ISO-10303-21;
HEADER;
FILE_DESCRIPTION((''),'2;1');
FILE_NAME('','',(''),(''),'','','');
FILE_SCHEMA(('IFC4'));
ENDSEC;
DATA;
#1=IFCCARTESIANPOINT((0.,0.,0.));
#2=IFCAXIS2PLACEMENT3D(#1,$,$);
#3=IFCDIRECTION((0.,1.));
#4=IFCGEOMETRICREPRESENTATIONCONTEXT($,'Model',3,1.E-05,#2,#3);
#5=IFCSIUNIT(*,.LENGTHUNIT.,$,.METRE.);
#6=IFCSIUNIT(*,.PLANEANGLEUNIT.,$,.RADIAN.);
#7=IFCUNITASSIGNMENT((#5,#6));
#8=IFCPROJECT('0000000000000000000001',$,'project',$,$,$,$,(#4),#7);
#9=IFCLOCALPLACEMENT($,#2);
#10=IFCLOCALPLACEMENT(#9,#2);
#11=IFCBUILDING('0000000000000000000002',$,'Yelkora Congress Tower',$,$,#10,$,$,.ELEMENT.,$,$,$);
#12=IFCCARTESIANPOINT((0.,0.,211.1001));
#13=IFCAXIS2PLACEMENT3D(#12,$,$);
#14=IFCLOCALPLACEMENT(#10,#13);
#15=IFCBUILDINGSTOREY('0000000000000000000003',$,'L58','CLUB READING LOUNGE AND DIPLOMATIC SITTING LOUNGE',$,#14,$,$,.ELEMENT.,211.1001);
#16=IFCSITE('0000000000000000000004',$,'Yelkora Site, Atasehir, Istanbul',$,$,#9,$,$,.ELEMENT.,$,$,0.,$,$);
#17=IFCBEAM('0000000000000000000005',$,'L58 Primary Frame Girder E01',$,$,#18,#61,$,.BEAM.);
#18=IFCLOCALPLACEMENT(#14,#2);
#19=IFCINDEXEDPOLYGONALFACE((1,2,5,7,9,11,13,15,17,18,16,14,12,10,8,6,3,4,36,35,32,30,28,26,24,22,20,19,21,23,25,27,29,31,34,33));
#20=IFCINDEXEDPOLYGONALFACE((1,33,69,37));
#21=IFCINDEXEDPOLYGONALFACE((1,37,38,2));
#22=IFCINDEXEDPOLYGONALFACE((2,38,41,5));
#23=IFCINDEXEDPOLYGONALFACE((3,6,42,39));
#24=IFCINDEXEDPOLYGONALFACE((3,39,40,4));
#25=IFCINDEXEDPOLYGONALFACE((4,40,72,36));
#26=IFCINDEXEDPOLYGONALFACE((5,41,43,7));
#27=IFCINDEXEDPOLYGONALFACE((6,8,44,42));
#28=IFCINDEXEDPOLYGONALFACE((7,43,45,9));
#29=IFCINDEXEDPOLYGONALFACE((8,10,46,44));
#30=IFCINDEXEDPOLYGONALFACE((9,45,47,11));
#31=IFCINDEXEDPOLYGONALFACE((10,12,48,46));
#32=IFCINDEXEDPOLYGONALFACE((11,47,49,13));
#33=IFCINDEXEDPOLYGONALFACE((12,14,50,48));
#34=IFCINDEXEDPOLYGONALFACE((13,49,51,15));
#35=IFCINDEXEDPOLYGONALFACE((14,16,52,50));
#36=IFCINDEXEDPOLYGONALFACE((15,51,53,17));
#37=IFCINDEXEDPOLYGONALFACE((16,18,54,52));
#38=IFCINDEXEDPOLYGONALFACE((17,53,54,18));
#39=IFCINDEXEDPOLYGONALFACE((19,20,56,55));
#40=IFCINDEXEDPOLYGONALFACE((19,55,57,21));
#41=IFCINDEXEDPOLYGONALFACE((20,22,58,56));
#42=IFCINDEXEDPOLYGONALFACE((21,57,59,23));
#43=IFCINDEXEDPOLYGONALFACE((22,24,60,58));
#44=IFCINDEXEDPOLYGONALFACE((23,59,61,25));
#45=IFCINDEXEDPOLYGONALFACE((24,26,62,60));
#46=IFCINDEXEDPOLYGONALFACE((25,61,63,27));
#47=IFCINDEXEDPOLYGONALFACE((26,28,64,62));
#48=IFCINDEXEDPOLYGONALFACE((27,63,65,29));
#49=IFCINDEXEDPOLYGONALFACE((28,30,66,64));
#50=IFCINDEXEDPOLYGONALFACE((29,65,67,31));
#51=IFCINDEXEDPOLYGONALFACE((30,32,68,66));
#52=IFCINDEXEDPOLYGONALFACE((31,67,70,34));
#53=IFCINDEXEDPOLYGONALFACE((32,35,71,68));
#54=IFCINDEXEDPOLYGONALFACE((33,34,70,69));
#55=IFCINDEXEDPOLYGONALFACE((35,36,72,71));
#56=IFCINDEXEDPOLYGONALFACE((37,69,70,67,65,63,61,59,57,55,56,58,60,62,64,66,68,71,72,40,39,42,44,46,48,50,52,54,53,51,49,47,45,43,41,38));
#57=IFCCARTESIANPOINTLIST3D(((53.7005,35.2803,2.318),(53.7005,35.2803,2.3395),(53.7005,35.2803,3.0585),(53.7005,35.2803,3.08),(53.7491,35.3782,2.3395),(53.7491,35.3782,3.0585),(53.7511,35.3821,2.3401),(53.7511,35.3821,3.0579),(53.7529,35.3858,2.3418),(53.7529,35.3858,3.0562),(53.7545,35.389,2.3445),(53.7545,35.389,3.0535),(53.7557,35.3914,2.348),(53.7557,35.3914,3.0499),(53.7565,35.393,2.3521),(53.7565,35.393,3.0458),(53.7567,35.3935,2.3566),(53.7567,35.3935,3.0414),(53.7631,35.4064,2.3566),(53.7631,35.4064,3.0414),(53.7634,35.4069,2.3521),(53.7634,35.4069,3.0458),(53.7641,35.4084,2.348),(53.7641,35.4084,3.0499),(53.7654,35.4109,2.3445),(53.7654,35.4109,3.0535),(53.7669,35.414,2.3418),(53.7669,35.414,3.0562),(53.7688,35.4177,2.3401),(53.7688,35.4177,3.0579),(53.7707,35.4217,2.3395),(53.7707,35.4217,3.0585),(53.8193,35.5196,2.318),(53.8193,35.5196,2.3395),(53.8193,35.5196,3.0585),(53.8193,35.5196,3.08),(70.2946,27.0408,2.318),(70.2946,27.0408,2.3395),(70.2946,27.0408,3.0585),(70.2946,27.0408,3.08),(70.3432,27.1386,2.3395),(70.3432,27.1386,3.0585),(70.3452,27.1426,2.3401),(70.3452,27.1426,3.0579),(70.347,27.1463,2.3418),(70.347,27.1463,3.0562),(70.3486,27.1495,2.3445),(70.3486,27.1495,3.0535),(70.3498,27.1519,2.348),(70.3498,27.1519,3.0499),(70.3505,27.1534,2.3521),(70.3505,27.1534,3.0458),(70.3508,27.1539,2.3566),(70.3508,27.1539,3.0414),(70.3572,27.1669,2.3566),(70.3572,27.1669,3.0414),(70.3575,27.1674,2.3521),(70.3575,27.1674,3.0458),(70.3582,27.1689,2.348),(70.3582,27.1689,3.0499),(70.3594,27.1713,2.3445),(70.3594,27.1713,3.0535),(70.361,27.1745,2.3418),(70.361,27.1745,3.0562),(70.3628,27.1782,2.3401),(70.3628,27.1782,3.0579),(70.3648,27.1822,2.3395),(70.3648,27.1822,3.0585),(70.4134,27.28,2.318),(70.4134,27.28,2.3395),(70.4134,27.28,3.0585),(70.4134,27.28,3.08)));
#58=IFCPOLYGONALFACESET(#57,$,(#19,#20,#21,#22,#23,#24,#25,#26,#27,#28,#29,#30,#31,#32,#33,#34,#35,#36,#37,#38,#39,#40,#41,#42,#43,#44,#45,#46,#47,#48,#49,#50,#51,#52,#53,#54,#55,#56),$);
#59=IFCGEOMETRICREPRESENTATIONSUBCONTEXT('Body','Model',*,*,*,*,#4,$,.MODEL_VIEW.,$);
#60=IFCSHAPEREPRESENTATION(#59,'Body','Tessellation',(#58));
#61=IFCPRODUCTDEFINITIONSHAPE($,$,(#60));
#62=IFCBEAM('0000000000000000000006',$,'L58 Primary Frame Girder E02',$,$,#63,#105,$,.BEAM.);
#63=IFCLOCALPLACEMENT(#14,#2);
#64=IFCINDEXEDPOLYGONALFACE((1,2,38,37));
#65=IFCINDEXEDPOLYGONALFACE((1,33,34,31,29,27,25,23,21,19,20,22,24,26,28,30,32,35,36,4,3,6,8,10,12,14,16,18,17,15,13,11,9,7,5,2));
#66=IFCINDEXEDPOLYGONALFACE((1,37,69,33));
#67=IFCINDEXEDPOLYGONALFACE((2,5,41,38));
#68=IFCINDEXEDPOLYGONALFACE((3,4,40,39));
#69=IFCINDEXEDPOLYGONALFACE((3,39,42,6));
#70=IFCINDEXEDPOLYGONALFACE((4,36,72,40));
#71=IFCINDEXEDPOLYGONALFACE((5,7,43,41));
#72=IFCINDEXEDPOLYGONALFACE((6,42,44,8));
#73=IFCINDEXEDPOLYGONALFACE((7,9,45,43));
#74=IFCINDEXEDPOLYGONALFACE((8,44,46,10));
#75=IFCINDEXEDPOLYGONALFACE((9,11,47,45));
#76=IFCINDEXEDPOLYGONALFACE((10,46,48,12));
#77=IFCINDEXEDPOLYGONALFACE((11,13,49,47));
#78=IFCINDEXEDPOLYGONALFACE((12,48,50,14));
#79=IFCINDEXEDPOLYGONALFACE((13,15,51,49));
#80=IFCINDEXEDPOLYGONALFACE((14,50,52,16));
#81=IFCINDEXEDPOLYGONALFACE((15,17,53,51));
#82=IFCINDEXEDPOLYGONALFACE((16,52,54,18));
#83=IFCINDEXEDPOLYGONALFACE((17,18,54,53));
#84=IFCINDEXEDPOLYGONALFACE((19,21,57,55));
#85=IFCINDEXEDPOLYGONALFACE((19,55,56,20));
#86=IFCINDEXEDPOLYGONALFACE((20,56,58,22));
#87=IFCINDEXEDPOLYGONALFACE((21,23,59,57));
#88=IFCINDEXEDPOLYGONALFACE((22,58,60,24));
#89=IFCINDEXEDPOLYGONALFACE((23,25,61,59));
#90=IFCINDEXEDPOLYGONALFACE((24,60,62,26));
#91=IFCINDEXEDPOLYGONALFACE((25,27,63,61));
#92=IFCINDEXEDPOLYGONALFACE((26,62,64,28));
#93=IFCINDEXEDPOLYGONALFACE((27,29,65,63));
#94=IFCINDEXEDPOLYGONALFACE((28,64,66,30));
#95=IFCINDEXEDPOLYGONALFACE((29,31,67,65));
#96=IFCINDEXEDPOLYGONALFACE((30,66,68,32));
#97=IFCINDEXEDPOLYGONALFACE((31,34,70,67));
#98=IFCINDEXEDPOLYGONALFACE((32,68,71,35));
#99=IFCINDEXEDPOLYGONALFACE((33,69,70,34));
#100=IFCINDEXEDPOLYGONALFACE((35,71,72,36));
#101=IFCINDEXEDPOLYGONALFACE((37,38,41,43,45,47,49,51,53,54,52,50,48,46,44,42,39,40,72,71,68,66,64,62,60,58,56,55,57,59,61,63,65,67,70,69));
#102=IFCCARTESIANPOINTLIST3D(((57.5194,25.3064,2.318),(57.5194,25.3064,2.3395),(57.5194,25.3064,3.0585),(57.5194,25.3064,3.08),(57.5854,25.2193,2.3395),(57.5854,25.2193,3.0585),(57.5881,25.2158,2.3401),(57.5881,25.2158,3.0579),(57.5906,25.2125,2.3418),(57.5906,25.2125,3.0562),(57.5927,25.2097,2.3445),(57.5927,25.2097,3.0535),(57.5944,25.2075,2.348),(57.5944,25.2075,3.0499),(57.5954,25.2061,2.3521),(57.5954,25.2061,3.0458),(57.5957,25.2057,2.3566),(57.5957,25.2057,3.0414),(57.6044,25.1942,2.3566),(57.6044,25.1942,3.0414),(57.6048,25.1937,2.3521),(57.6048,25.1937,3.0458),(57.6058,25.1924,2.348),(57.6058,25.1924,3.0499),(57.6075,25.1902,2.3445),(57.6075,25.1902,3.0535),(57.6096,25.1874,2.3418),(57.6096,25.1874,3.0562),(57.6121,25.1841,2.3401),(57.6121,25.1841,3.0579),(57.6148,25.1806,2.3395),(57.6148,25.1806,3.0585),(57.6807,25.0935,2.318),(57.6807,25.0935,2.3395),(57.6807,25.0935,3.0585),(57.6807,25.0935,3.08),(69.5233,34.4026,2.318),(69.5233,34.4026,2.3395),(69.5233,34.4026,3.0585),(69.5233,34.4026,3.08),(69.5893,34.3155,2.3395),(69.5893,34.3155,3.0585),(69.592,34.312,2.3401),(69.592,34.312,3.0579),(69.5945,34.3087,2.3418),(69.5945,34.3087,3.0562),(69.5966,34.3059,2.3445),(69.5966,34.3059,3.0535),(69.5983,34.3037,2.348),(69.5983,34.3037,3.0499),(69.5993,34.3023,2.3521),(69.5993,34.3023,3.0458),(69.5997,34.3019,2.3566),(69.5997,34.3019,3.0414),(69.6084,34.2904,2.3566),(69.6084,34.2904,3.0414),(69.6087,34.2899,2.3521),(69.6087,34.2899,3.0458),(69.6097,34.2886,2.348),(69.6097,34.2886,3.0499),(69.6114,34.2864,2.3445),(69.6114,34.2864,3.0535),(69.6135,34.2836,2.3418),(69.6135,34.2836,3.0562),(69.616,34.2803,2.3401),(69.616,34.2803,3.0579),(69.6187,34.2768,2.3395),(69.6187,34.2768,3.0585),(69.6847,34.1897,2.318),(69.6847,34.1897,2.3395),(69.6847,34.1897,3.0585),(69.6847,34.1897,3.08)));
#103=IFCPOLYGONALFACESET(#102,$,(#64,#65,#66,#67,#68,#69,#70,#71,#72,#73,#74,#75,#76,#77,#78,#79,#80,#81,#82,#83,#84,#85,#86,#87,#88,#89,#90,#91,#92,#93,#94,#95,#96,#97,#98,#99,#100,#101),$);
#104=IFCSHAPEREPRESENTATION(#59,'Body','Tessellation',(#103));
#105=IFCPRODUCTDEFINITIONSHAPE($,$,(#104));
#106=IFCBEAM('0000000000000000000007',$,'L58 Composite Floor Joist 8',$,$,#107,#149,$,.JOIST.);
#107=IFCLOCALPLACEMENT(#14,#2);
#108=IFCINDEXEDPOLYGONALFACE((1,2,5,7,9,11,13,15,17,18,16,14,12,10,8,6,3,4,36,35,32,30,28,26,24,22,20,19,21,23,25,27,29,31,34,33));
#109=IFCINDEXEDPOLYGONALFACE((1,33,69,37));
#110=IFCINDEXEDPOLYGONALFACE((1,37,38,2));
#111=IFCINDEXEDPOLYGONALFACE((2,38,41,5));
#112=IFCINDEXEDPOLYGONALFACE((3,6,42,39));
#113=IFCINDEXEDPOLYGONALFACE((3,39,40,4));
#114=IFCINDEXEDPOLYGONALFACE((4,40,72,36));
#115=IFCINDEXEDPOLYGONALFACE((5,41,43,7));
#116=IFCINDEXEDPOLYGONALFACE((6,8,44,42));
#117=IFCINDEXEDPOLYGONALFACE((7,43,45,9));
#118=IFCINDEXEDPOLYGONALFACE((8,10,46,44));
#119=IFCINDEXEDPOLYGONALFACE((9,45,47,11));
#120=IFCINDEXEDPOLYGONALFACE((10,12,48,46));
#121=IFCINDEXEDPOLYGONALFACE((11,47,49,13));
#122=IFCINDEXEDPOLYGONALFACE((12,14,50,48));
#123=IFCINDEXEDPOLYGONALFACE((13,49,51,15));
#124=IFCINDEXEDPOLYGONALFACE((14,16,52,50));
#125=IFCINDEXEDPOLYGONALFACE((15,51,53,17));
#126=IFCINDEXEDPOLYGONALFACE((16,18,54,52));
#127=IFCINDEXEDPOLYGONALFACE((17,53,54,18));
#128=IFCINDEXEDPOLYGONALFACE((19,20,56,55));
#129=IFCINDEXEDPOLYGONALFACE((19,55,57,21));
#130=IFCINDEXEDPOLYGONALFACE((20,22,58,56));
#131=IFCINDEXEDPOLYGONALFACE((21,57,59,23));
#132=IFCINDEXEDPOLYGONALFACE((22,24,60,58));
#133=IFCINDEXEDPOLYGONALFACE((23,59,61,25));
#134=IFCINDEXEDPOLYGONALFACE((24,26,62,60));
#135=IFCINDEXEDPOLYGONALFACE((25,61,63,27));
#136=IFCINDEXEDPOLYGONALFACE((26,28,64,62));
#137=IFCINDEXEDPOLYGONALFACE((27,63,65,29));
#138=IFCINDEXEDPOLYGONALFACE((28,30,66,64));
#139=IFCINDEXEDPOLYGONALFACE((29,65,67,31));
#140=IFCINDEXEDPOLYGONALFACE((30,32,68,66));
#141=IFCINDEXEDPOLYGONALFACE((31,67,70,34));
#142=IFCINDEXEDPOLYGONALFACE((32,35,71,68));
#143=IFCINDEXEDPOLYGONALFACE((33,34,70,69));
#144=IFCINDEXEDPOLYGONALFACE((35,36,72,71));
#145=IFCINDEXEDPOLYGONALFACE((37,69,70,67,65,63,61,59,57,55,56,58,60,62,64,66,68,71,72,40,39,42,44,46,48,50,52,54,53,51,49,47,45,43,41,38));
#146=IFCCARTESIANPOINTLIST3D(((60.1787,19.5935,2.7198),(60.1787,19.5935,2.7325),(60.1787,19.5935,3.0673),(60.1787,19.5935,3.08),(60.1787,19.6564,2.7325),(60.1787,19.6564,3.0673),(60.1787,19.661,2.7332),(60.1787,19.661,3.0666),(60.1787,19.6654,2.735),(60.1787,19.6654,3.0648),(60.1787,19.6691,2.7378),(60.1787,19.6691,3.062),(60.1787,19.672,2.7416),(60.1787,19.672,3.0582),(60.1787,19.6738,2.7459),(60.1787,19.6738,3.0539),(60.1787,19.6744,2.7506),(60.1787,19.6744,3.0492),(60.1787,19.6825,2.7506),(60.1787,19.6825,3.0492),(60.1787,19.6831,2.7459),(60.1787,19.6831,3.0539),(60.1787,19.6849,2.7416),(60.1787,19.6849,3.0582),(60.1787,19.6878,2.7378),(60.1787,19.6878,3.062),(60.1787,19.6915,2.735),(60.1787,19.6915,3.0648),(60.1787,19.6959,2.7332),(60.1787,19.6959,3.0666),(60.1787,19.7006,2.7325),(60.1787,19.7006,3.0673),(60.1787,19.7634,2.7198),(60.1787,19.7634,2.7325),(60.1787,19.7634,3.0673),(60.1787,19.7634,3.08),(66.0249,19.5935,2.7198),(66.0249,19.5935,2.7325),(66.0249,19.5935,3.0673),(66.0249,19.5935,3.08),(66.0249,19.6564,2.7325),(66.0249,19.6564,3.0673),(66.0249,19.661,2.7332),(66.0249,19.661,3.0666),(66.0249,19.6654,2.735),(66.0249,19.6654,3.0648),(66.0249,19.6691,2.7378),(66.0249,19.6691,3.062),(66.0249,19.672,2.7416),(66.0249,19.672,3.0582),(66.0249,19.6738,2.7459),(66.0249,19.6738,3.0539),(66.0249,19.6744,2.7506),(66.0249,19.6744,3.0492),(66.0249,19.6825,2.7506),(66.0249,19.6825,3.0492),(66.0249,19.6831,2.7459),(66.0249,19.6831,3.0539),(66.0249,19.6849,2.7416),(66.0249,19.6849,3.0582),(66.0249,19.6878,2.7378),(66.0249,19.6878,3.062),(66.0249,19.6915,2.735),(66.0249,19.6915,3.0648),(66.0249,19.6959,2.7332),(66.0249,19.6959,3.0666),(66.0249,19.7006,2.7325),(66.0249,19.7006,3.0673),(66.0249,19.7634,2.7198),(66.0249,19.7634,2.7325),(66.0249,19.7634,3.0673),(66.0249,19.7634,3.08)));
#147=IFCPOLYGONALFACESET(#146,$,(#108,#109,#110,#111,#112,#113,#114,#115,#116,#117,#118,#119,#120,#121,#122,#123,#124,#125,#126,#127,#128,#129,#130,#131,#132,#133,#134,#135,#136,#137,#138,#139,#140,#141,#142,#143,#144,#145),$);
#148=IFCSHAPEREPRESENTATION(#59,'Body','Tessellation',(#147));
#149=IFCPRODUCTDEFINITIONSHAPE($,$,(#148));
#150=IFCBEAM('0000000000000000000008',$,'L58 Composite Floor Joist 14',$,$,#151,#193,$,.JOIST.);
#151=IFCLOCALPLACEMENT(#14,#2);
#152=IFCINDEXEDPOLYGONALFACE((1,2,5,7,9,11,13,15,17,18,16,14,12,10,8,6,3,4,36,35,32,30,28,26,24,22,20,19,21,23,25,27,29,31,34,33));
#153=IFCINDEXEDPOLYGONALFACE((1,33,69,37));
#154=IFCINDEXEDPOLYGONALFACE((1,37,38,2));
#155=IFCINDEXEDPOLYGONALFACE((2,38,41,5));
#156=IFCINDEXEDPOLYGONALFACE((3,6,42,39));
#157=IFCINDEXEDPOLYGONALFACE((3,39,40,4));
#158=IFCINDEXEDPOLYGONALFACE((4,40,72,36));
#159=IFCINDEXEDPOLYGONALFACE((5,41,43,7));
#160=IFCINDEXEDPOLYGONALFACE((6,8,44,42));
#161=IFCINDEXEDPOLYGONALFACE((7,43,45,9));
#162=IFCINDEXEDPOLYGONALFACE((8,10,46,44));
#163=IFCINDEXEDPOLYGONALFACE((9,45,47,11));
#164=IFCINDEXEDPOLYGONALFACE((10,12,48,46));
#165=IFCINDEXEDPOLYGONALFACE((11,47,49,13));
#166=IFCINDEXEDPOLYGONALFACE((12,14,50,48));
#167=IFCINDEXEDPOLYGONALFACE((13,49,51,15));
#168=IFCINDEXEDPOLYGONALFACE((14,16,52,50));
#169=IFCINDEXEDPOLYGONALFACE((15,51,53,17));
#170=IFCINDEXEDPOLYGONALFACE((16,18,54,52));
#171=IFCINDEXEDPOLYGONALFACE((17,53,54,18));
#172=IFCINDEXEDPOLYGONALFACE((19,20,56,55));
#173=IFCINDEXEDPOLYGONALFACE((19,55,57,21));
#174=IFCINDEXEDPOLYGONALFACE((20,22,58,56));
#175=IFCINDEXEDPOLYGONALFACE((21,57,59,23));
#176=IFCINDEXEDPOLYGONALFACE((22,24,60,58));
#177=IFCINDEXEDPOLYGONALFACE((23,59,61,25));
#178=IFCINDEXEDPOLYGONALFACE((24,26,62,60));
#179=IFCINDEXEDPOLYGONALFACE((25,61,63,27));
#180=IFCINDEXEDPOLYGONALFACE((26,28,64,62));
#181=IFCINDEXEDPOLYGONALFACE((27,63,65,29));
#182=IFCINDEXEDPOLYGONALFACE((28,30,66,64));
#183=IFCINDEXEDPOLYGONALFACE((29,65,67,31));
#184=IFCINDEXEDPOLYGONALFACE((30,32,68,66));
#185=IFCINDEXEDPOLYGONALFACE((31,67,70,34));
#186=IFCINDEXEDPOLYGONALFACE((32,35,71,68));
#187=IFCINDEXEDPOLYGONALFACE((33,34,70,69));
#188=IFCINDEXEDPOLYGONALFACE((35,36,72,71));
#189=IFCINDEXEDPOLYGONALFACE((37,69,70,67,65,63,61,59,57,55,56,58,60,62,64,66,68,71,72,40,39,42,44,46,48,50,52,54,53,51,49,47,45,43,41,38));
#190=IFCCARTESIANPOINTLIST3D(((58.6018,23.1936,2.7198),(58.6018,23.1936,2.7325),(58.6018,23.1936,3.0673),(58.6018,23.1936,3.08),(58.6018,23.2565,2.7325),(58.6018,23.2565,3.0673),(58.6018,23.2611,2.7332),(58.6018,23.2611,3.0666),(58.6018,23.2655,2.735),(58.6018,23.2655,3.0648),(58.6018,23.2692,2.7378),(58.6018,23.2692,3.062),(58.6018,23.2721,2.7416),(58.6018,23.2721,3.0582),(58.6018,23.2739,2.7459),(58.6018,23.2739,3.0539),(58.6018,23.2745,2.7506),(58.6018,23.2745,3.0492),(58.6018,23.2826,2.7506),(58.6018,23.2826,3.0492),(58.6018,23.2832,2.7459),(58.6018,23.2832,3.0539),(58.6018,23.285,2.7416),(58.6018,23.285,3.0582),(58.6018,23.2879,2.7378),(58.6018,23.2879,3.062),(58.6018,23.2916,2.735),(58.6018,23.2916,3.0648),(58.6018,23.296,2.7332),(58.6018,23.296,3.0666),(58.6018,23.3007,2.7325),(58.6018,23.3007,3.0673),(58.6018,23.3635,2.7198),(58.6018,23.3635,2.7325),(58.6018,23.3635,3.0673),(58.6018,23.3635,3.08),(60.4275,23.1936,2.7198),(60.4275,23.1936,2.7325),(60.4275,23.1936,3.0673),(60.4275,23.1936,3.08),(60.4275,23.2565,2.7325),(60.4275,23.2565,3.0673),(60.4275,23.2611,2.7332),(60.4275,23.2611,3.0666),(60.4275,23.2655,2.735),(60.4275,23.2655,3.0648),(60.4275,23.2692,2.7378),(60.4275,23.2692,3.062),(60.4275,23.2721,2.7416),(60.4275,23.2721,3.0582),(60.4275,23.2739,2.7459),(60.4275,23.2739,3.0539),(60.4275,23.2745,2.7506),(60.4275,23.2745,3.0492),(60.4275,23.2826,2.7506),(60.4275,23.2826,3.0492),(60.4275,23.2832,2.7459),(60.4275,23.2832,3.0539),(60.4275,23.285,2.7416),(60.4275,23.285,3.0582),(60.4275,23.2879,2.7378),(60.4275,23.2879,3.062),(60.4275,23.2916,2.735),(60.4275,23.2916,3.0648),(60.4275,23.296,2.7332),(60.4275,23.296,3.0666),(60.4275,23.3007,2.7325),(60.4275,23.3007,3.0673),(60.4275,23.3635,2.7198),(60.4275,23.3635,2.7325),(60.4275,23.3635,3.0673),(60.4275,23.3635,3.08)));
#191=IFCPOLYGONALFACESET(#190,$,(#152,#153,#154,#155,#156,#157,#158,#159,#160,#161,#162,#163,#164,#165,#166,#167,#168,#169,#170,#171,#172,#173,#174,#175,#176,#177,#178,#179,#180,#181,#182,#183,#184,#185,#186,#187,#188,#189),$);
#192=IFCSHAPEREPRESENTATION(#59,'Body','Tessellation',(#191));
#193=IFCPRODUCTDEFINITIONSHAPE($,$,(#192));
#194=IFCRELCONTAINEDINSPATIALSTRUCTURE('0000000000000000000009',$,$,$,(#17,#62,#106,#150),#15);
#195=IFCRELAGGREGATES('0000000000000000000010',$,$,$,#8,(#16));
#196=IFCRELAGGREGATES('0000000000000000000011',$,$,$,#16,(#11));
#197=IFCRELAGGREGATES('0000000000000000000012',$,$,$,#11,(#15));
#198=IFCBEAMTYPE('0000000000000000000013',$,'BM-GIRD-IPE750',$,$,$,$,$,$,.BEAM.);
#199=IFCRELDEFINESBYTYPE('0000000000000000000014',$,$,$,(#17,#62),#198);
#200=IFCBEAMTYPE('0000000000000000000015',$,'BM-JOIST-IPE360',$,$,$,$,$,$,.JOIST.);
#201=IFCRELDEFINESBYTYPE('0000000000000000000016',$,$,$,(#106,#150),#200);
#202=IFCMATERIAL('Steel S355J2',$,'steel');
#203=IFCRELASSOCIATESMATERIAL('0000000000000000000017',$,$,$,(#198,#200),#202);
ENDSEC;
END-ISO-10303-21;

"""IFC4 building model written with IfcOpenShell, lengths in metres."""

from ifc_helpers import new_model, si_unit, direction, frame, origin, origin_2d, place, context, subcontext, project, spatial, i_section, extrude, material, material_profile, profile_set, type_object, element, save


model = new_model("IFC4")

# Units and contexts
model_context = context("Model", 3, precision=1e-05, world=origin(), true_north=direction((0.0, 1.0)))
body_context = subcontext(model_context, "Body", "Model", "MODEL_VIEW")
ifc_project = project(units=[si_unit("LENGTHUNIT", "METRE"), si_unit("PLANEANGLEUNIT", "RADIAN")], contexts=[model_context])

# Site, building, storey
site_placement = place(None, origin())
site = spatial("IfcSite", under=ifc_project, at=site_placement, Name="Yelkora Site, Atasehir, Istanbul", CompositionType="ELEMENT", RefElevation=0.0)
building_placement = place(site_placement, origin())
building = spatial("IfcBuilding", under=site, at=building_placement, Name="Yelkora Congress Tower", CompositionType="ELEMENT")
storey_placement = place(building_placement, frame((0.0, 0.0, 211.1001)))
storey = spatial("IfcBuildingStorey", under=building, at=storey_placement, Name="L58", Description="CLUB READING LOUNGE AND DIPLOMATIC SITTING LOUNGE", CompositionType="ELEMENT", Elevation=211.1001)

# Shared definitions
ifc_material_1 = material(Name="Steel S355J2", Category="steel")

# Beams
ifc_material_profile_1 = material_profile(ifc_material_1, i_section(OverallWidth=0.2671, OverallDepth=0.762, WebThickness=0.0144, FlangeThickness=0.0215, FilletRadius=0.0171, at=origin_2d()), Name="IPE 750x173")
ifc_profile_set_1 = profile_set([ifc_material_profile_1], Name="Steel S355J2")
beam_type_1 = type_object("IfcBeamType", Name="BM-GIRD-IPE750", PredefinedType="BEAM", material=ifc_profile_set_1)
beam_1_placement = place(storey_placement, frame((70.354, 27.1604, 2.699), z_axis=(-0.895665, 0.444729, 0.0), x_axis=(-0.444729, -0.895665, 0.0)))
element("IfcBeam", 1, at=beam_1_placement, inside=storey, type_object=beam_type_1, Name="L58 Primary Frame Girder E01", PredefinedType="BEAM", context=body_context, shape_type="SweptSolid", body=[
    extrude(i_section(OverallWidth=0.2671, OverallDepth=0.762, WebThickness=0.0144, FlangeThickness=0.0215, FilletRadius=0.0171, at=origin_2d()), origin(), (0.0, 0.0, 1.0), 18.5271),
])
beam_2_placement = place(storey_placement, frame((69.604, 34.2961, 2.699), z_axis=(-0.797018, -0.603956, 0.0), x_axis=(0.603956, -0.797018, 0.0)))
element("IfcBeam", 2, at=beam_2_placement, inside=storey, type_object=beam_type_1, Name="L58 Primary Frame Girder E02", PredefinedType="BEAM", context=body_context, shape_type="SweptSolid", body=[
    extrude(i_section(OverallWidth=0.2671, OverallDepth=0.762, WebThickness=0.0144, FlangeThickness=0.0215, FilletRadius=0.0171, at=origin_2d()), origin(), (0.0, 0.0, 1.0), 15.061),
])
ifc_material_profile_2 = material_profile(ifc_material_1, i_section(OverallWidth=0.1699, OverallDepth=0.3601, WebThickness=0.0081, FlangeThickness=0.0127, FilletRadius=0.0181, at=origin_2d()), Name="IPE 360")
ifc_profile_set_2 = profile_set([ifc_material_profile_2], Name="Steel S355J2")
beam_type_2 = type_object("IfcBeamType", Name="BM-JOIST-IPE360", PredefinedType="JOIST", material=ifc_profile_set_2)
beam_3_placement = place(storey_placement, frame((60.1787, 19.6785, 2.8999), z_axis=(1.0, 0.0, 0.0), x_axis=(0.0, 1.0, 0.0)))
element("IfcBeam", 3, at=beam_3_placement, inside=storey, type_object=beam_type_2, Name="L58 Composite Floor Joist 8", PredefinedType="JOIST", context=body_context, shape_type="SweptSolid", body=[
    extrude(i_section(OverallWidth=0.1699, OverallDepth=0.3601, WebThickness=0.0081, FlangeThickness=0.0127, FilletRadius=0.0181, at=origin_2d()), origin(), (0.0, 0.0, 1.0), 5.8462),
])
beam_4_placement = place(storey_placement, frame((58.6018, 23.2786, 2.8999), z_axis=(1.0, 0.0, 0.0), x_axis=(0.0, 1.0, 0.0)))
element("IfcBeam", 4, at=beam_4_placement, inside=storey, type_object=beam_type_2, Name="L58 Composite Floor Joist 14", PredefinedType="JOIST", context=body_context, shape_type="SweptSolid", body=[
    extrude(i_section(OverallWidth=0.1699, OverallDepth=0.3601, WebThickness=0.0081, FlangeThickness=0.0127, FilletRadius=0.0181, at=origin_2d()), origin(), (0.0, 0.0, 1.0), 1.8257),
])

save(model, "model.ifc")
